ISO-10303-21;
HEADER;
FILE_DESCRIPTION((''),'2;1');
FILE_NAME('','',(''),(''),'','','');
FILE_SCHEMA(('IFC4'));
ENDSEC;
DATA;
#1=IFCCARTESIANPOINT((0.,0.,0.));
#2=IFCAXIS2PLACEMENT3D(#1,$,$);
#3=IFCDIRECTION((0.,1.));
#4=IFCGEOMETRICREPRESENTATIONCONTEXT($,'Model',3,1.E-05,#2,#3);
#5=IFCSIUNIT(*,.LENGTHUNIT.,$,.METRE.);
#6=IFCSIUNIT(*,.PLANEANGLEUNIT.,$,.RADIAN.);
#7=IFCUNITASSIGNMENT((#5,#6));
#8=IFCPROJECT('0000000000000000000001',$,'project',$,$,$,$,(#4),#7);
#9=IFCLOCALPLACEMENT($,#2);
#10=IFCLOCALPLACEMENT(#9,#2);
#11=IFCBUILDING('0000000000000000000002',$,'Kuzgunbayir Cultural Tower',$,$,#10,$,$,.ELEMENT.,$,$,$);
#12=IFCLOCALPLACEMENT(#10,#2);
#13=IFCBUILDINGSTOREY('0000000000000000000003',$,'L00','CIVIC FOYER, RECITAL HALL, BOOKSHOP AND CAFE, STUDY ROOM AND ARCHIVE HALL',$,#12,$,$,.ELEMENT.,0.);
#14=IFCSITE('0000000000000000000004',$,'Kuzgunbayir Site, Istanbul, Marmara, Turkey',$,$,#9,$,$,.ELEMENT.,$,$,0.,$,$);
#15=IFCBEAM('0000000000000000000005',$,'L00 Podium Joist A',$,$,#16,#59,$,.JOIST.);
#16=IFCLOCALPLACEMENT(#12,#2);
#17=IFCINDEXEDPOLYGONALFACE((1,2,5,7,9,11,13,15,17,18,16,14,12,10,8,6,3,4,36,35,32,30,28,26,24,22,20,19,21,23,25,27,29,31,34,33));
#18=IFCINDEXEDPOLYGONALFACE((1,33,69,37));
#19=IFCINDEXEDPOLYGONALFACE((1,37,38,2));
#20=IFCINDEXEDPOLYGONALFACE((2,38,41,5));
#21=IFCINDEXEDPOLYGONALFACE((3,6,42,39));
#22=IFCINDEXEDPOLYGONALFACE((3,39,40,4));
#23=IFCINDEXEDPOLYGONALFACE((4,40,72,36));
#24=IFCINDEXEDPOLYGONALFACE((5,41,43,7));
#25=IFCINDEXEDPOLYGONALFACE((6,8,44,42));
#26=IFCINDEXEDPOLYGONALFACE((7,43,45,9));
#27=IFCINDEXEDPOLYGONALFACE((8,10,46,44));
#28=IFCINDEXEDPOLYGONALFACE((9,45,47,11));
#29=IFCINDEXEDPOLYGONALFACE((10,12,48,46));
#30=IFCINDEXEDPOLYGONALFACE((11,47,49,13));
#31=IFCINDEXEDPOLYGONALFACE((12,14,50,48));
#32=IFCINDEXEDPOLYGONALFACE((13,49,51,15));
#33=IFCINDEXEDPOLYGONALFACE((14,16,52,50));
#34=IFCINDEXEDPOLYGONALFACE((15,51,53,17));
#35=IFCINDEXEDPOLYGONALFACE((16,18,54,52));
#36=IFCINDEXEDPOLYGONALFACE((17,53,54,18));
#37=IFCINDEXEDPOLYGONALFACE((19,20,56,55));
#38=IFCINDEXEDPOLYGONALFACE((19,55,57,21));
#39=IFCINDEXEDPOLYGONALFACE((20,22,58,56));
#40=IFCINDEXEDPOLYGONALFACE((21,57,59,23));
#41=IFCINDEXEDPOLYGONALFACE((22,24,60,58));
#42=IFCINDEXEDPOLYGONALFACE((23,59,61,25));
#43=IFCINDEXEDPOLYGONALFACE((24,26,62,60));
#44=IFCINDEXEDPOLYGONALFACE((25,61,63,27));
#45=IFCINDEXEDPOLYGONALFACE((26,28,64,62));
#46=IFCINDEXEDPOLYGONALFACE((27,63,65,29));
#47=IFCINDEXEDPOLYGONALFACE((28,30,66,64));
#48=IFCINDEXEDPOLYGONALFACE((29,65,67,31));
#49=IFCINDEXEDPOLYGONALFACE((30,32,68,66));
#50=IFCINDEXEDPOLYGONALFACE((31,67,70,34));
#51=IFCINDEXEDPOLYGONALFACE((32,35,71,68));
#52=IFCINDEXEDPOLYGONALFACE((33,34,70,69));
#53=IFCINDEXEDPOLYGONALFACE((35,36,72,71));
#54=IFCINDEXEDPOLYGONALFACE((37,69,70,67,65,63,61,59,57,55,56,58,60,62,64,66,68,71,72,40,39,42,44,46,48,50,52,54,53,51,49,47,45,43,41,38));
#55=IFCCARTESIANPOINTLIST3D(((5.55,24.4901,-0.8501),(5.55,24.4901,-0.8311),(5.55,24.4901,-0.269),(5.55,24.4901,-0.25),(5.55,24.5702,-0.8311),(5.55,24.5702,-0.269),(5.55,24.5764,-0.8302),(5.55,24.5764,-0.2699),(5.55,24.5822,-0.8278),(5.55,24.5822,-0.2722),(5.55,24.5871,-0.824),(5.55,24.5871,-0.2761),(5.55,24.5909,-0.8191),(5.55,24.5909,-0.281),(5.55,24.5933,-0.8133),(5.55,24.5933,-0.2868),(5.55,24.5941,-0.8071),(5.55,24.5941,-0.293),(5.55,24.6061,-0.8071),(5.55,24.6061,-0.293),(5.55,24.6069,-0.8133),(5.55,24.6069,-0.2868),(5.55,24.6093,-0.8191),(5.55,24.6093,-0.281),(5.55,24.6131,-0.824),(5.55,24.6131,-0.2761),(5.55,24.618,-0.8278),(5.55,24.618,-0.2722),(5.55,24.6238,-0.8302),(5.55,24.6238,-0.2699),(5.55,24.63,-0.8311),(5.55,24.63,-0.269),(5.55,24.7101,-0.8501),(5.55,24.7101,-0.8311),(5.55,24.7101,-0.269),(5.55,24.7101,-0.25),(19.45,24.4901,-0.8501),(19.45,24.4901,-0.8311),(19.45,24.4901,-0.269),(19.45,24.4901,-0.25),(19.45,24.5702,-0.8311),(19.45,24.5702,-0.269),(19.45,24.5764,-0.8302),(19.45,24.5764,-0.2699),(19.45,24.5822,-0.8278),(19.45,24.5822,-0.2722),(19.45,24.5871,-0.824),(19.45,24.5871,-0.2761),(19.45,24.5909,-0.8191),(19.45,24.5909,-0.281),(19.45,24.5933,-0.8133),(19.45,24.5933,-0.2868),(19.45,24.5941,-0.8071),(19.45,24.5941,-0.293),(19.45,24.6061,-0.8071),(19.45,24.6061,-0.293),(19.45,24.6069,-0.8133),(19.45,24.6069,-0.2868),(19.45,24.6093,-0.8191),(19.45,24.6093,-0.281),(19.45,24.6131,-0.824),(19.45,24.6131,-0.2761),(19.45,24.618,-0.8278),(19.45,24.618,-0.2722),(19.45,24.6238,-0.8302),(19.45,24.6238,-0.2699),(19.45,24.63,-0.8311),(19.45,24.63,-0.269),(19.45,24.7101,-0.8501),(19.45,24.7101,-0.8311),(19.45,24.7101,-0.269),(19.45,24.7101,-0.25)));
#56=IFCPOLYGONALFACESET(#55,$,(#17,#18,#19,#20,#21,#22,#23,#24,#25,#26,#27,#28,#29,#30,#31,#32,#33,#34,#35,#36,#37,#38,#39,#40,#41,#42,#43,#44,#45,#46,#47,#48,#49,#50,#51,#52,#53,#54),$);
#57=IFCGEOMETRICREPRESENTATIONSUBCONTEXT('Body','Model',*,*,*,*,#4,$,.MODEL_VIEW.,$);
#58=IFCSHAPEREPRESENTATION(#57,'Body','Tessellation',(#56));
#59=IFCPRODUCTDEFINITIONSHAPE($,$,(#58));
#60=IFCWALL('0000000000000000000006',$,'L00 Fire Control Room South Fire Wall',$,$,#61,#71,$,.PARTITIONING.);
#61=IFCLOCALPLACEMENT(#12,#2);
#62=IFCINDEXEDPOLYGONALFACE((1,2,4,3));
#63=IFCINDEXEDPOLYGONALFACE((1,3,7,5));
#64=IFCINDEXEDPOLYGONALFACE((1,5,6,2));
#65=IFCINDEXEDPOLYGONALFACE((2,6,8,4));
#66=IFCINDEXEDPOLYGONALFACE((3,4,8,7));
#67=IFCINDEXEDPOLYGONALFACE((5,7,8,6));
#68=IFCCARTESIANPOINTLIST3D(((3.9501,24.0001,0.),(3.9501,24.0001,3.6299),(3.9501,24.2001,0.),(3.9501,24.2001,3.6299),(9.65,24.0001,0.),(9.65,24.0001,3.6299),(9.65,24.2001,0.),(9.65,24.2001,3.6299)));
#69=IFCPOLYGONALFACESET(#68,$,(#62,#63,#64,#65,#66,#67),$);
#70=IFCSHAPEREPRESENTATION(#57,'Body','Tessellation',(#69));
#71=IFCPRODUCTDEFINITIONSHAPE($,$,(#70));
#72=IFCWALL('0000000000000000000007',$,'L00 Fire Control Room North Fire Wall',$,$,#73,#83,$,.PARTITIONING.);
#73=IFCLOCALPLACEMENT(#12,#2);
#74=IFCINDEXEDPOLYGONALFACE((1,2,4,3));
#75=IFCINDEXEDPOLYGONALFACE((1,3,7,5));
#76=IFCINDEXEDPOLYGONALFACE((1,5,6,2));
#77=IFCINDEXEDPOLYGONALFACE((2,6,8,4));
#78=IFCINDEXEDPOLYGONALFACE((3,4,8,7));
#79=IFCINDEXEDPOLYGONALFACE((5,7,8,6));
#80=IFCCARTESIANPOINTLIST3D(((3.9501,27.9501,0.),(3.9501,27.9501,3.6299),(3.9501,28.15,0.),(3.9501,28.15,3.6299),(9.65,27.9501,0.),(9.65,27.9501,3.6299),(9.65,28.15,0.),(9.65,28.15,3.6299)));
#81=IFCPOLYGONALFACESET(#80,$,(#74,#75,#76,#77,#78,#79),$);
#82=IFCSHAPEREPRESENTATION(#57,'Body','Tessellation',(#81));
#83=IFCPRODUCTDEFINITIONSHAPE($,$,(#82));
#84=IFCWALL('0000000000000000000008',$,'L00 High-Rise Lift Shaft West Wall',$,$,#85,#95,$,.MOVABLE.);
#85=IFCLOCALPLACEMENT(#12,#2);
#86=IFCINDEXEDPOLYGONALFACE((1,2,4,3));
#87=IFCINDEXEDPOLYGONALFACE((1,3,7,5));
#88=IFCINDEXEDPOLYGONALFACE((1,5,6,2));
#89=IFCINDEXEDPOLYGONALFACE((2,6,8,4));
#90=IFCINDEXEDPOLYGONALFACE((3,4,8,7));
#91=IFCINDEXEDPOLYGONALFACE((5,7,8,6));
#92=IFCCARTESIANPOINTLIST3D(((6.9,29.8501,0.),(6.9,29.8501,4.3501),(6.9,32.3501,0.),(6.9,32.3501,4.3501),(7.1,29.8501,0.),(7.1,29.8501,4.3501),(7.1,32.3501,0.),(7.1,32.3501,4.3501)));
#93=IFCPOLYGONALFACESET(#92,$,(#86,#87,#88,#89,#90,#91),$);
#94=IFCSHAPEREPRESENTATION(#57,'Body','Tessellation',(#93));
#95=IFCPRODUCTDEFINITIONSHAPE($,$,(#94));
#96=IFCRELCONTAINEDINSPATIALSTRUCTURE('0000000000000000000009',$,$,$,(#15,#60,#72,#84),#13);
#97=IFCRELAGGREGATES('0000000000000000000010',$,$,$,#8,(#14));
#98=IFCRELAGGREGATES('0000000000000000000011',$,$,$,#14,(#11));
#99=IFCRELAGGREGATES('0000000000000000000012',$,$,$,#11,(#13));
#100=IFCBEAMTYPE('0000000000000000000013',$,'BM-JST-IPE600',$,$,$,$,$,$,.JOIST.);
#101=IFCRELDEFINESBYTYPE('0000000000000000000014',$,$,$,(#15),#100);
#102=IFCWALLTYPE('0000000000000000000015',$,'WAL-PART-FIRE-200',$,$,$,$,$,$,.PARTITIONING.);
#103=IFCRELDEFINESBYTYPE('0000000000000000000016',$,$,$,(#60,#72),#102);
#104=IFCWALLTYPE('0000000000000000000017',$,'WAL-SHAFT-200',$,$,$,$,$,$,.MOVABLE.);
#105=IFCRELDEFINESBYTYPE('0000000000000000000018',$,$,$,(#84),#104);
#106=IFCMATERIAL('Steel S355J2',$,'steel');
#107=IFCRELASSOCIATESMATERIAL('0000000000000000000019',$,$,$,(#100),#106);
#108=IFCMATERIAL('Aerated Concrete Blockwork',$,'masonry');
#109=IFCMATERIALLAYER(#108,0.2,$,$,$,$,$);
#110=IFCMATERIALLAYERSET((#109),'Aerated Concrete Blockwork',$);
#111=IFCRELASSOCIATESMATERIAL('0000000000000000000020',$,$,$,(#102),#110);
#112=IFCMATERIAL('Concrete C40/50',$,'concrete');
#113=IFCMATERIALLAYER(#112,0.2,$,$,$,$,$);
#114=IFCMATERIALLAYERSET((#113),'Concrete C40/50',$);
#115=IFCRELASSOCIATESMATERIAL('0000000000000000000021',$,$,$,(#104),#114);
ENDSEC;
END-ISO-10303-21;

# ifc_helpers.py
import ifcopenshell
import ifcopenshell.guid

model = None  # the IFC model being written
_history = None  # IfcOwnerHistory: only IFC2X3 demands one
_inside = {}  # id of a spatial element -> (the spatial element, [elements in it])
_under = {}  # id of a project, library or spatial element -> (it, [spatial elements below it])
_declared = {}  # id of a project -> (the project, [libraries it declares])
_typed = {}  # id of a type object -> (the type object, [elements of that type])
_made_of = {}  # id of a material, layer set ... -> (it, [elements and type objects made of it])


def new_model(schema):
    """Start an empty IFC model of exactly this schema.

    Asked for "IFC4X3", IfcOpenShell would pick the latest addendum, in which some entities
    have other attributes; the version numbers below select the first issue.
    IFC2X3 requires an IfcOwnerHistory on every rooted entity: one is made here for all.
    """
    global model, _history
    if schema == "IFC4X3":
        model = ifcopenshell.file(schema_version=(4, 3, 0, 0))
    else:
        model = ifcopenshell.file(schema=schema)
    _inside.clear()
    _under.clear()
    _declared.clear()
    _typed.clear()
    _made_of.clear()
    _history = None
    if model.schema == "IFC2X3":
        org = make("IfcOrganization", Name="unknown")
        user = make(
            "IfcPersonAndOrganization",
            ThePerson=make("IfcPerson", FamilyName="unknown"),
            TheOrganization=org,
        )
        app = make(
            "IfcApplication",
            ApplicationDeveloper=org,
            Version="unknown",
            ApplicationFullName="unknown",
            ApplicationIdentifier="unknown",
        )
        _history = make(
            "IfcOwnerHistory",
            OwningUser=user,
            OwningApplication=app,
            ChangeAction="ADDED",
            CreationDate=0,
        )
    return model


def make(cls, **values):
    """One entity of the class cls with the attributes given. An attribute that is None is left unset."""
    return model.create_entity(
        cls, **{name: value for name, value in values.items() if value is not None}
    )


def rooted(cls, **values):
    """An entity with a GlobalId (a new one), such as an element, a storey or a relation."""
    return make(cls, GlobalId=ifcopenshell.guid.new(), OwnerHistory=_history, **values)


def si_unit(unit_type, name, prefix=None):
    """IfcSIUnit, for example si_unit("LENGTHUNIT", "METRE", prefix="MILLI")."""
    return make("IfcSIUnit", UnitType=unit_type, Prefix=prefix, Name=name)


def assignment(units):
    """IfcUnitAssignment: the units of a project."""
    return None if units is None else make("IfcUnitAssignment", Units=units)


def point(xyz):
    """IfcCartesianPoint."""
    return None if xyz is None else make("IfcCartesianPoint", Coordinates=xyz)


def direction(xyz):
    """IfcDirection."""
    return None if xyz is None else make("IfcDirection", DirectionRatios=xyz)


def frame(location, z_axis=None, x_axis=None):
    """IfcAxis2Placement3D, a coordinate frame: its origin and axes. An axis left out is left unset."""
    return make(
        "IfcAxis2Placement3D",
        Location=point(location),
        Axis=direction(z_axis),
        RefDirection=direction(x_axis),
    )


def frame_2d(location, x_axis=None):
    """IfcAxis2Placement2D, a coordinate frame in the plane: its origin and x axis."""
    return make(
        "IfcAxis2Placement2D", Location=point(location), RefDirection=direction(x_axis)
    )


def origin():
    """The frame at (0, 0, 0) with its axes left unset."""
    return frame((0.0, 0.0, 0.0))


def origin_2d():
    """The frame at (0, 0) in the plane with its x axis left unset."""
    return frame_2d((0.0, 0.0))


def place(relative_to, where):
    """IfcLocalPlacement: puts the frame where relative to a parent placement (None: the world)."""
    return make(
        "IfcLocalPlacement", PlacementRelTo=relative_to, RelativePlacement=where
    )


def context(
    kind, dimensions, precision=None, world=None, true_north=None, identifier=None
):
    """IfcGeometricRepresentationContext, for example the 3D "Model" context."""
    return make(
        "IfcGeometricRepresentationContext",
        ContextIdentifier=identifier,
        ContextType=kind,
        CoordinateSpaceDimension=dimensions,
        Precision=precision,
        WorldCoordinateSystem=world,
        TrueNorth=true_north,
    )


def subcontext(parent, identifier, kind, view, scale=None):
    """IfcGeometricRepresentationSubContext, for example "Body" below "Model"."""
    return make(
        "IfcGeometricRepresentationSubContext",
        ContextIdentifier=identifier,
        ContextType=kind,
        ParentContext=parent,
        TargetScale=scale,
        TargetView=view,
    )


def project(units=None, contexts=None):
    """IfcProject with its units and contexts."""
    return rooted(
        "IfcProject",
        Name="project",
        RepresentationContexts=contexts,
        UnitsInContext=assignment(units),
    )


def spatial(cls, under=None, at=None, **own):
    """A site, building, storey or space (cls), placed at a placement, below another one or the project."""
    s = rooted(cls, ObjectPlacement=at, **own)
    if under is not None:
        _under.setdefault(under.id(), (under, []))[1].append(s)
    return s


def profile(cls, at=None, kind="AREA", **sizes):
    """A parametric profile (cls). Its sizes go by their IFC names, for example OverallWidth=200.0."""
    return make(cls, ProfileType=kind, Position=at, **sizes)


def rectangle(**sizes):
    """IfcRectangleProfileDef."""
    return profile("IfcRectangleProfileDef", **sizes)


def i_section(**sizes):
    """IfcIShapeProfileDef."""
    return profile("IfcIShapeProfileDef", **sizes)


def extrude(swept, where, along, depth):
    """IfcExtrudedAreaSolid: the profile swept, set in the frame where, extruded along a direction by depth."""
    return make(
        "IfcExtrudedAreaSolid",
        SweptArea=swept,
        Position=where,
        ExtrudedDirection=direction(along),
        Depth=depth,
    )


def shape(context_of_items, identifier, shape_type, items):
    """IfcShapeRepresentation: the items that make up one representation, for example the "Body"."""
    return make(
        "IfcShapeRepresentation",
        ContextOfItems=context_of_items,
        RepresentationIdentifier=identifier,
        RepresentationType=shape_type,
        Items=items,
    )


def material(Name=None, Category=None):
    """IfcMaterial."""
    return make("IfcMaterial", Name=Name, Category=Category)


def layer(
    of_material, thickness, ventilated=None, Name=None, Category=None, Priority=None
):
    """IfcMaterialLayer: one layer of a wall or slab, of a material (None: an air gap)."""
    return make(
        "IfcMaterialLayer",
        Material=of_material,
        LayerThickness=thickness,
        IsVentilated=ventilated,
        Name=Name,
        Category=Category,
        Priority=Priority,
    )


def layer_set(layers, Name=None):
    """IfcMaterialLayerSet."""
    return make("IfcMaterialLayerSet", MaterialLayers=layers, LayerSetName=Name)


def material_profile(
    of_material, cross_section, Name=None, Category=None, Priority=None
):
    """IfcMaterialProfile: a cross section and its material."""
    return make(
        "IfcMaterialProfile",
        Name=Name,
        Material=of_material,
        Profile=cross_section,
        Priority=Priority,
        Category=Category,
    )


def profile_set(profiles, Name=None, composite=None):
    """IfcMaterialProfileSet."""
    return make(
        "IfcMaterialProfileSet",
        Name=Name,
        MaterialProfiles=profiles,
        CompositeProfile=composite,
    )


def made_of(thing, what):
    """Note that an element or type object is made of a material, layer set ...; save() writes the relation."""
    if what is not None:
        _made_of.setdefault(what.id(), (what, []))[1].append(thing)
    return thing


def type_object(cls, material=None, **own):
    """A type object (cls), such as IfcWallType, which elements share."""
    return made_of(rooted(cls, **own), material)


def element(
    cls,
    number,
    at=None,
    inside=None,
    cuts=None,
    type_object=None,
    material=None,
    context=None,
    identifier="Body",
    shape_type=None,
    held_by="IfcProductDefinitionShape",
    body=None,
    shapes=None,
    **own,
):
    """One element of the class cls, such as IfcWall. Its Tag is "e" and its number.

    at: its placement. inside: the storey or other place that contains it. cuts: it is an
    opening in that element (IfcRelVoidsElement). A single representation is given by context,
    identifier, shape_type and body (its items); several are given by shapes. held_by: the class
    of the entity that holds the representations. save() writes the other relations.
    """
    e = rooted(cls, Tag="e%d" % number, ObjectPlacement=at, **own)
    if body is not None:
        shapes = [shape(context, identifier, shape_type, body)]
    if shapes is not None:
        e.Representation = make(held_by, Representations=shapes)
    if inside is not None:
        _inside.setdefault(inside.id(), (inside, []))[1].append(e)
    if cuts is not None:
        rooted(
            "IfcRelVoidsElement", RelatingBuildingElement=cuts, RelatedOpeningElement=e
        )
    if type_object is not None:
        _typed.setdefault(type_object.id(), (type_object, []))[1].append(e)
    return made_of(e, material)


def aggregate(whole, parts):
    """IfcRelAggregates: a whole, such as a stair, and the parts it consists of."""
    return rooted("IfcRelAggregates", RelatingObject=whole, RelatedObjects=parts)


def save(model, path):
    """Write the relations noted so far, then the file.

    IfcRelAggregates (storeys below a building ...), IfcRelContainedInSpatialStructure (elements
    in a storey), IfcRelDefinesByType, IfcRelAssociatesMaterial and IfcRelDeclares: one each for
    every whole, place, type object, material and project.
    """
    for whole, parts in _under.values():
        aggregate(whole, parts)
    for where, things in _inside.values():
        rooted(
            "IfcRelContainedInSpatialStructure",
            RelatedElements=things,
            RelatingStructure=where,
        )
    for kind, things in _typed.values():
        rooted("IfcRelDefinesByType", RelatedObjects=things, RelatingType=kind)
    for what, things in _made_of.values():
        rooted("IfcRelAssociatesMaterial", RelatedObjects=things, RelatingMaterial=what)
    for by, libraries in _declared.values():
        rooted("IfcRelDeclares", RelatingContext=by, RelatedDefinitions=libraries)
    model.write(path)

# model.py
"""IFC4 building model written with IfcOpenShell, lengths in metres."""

from ifc_helpers import new_model, si_unit, direction, frame, frame_2d, origin, origin_2d, place, context, subcontext, project, spatial, rectangle, i_section, extrude, material, layer, layer_set, material_profile, profile_set, type_object, element, save


model = new_model("IFC4")

# Units and contexts
model_context = context("Model", 3, precision=1e-05, world=origin(), true_north=direction((0.0, 1.0)))
body_context = subcontext(model_context, "Body", "Model", "MODEL_VIEW")
ifc_project = project(units=[si_unit("LENGTHUNIT", "METRE"), si_unit("PLANEANGLEUNIT", "RADIAN")], contexts=[model_context])

# Site, building, storey
site_placement = place(None, origin())
site = spatial("IfcSite", under=ifc_project, at=site_placement, Name="Kuzgunbayir Site, Istanbul, Marmara, Turkey", CompositionType="ELEMENT", RefElevation=0.0)
building_placement = place(site_placement, origin())
building = spatial("IfcBuilding", under=site, at=building_placement, Name="Kuzgunbayir Cultural Tower", CompositionType="ELEMENT")
storey_placement = place(building_placement, origin())
storey = spatial("IfcBuildingStorey", under=building, at=storey_placement, Name="L00", Description="CIVIC FOYER, RECITAL HALL, BOOKSHOP AND CAFE, STUDY ROOM AND ARCHIVE HALL", CompositionType="ELEMENT", Elevation=0.0)

# Shared definitions
ifc_material_1 = material(Name="Steel S355J2", Category="steel")

# Beam
ifc_material_profile_1 = material_profile(ifc_material_1, i_section(OverallWidth=0.22, OverallDepth=0.6001, WebThickness=0.012, FlangeThickness=0.019, FilletRadius=0.0239, at=origin_2d()), Name="IPE 600")
ifc_profile_set_1 = profile_set([ifc_material_profile_1], Name="Steel S355J2")
beam_type_1 = type_object("IfcBeamType", Name="BM-JST-IPE600", PredefinedType="JOIST", material=ifc_profile_set_1)
for number, where, z_axis, x_axis, name in (
    (1, (5.55, 24.6001, -0.55), (1.0, 0.0, 0.0), (0.0, 1.0, 0.0), "L00 Podium Joist A"),
):
    element("IfcBeam", number, at=place(storey_placement, frame(where, z_axis=z_axis, x_axis=x_axis)), inside=storey, type_object=beam_type_1, Name=name, PredefinedType="JOIST", context=body_context, shape_type="SweptSolid", body=[
        extrude(i_section(OverallWidth=0.22, OverallDepth=0.6001, WebThickness=0.012, FlangeThickness=0.019, FilletRadius=0.0239, at=origin_2d()), origin(), (0.0, 0.0, 1.0), 13.8999),
    ])

# Walls
ifc_material_2 = material(Name="Aerated Concrete Blockwork", Category="masonry")
ifc_layer_1 = layer(ifc_material_2, 0.2)
ifc_layer_set_1 = layer_set([ifc_layer_1], Name="Aerated Concrete Blockwork")
wall_type_1 = type_object("IfcWallType", Name="WAL-PART-FIRE-200", PredefinedType="PARTITIONING", material=ifc_layer_set_1)
for number, where, z_axis, x_axis, name in (
    (2, (3.95, 24.1001, 0.0), (0.0, 0.0, 1.0), (1.0, 0.0, 0.0), "L00 Fire Control Room South Fire Wall"),
    (3, (3.95, 28.05, 0.0), (0.0, 0.0, 1.0), (1.0, 0.0, 0.0), "L00 Fire Control Room North Fire Wall"),
):
    element("IfcWall", number, at=place(storey_placement, frame(where, z_axis=z_axis, x_axis=x_axis)), inside=storey, type_object=wall_type_1, Name=name, PredefinedType="PARTITIONING", context=body_context, shape_type="SweptSolid", body=[
        extrude(rectangle(XDim=5.7, YDim=0.2, at=frame_2d((2.8501, 0.0))), origin(), (0.0, 0.0, 1.0), 3.6299),
    ])

# Shared definitions
ifc_material_3 = material(Name="Concrete C40/50", Category="concrete")
ifc_layer_2 = layer(ifc_material_3, 0.2)
ifc_layer_set_2 = layer_set([ifc_layer_2], Name="Concrete C40/50")
wall_type_2 = type_object("IfcWallType", Name="WAL-SHAFT-200", PredefinedType="MOVABLE", material=ifc_layer_set_2)

# Wall
wall_1_placement = place(storey_placement, frame((7.0, 29.8501, 0.0), z_axis=(0.0, 0.0, 1.0), x_axis=(0.0, 1.0, 0.0)))
element("IfcWall", 4, at=wall_1_placement, inside=storey, type_object=wall_type_2, Name="L00 High-Rise Lift Shaft West Wall", PredefinedType="MOVABLE", context=body_context, shape_type="SweptSolid", body=[
    extrude(rectangle(XDim=2.5, YDim=0.2, at=frame_2d((1.25, 0.0))), origin(), (0.0, 0.0, 1.0), 4.3501),
])

save(model, "model.ifc")
